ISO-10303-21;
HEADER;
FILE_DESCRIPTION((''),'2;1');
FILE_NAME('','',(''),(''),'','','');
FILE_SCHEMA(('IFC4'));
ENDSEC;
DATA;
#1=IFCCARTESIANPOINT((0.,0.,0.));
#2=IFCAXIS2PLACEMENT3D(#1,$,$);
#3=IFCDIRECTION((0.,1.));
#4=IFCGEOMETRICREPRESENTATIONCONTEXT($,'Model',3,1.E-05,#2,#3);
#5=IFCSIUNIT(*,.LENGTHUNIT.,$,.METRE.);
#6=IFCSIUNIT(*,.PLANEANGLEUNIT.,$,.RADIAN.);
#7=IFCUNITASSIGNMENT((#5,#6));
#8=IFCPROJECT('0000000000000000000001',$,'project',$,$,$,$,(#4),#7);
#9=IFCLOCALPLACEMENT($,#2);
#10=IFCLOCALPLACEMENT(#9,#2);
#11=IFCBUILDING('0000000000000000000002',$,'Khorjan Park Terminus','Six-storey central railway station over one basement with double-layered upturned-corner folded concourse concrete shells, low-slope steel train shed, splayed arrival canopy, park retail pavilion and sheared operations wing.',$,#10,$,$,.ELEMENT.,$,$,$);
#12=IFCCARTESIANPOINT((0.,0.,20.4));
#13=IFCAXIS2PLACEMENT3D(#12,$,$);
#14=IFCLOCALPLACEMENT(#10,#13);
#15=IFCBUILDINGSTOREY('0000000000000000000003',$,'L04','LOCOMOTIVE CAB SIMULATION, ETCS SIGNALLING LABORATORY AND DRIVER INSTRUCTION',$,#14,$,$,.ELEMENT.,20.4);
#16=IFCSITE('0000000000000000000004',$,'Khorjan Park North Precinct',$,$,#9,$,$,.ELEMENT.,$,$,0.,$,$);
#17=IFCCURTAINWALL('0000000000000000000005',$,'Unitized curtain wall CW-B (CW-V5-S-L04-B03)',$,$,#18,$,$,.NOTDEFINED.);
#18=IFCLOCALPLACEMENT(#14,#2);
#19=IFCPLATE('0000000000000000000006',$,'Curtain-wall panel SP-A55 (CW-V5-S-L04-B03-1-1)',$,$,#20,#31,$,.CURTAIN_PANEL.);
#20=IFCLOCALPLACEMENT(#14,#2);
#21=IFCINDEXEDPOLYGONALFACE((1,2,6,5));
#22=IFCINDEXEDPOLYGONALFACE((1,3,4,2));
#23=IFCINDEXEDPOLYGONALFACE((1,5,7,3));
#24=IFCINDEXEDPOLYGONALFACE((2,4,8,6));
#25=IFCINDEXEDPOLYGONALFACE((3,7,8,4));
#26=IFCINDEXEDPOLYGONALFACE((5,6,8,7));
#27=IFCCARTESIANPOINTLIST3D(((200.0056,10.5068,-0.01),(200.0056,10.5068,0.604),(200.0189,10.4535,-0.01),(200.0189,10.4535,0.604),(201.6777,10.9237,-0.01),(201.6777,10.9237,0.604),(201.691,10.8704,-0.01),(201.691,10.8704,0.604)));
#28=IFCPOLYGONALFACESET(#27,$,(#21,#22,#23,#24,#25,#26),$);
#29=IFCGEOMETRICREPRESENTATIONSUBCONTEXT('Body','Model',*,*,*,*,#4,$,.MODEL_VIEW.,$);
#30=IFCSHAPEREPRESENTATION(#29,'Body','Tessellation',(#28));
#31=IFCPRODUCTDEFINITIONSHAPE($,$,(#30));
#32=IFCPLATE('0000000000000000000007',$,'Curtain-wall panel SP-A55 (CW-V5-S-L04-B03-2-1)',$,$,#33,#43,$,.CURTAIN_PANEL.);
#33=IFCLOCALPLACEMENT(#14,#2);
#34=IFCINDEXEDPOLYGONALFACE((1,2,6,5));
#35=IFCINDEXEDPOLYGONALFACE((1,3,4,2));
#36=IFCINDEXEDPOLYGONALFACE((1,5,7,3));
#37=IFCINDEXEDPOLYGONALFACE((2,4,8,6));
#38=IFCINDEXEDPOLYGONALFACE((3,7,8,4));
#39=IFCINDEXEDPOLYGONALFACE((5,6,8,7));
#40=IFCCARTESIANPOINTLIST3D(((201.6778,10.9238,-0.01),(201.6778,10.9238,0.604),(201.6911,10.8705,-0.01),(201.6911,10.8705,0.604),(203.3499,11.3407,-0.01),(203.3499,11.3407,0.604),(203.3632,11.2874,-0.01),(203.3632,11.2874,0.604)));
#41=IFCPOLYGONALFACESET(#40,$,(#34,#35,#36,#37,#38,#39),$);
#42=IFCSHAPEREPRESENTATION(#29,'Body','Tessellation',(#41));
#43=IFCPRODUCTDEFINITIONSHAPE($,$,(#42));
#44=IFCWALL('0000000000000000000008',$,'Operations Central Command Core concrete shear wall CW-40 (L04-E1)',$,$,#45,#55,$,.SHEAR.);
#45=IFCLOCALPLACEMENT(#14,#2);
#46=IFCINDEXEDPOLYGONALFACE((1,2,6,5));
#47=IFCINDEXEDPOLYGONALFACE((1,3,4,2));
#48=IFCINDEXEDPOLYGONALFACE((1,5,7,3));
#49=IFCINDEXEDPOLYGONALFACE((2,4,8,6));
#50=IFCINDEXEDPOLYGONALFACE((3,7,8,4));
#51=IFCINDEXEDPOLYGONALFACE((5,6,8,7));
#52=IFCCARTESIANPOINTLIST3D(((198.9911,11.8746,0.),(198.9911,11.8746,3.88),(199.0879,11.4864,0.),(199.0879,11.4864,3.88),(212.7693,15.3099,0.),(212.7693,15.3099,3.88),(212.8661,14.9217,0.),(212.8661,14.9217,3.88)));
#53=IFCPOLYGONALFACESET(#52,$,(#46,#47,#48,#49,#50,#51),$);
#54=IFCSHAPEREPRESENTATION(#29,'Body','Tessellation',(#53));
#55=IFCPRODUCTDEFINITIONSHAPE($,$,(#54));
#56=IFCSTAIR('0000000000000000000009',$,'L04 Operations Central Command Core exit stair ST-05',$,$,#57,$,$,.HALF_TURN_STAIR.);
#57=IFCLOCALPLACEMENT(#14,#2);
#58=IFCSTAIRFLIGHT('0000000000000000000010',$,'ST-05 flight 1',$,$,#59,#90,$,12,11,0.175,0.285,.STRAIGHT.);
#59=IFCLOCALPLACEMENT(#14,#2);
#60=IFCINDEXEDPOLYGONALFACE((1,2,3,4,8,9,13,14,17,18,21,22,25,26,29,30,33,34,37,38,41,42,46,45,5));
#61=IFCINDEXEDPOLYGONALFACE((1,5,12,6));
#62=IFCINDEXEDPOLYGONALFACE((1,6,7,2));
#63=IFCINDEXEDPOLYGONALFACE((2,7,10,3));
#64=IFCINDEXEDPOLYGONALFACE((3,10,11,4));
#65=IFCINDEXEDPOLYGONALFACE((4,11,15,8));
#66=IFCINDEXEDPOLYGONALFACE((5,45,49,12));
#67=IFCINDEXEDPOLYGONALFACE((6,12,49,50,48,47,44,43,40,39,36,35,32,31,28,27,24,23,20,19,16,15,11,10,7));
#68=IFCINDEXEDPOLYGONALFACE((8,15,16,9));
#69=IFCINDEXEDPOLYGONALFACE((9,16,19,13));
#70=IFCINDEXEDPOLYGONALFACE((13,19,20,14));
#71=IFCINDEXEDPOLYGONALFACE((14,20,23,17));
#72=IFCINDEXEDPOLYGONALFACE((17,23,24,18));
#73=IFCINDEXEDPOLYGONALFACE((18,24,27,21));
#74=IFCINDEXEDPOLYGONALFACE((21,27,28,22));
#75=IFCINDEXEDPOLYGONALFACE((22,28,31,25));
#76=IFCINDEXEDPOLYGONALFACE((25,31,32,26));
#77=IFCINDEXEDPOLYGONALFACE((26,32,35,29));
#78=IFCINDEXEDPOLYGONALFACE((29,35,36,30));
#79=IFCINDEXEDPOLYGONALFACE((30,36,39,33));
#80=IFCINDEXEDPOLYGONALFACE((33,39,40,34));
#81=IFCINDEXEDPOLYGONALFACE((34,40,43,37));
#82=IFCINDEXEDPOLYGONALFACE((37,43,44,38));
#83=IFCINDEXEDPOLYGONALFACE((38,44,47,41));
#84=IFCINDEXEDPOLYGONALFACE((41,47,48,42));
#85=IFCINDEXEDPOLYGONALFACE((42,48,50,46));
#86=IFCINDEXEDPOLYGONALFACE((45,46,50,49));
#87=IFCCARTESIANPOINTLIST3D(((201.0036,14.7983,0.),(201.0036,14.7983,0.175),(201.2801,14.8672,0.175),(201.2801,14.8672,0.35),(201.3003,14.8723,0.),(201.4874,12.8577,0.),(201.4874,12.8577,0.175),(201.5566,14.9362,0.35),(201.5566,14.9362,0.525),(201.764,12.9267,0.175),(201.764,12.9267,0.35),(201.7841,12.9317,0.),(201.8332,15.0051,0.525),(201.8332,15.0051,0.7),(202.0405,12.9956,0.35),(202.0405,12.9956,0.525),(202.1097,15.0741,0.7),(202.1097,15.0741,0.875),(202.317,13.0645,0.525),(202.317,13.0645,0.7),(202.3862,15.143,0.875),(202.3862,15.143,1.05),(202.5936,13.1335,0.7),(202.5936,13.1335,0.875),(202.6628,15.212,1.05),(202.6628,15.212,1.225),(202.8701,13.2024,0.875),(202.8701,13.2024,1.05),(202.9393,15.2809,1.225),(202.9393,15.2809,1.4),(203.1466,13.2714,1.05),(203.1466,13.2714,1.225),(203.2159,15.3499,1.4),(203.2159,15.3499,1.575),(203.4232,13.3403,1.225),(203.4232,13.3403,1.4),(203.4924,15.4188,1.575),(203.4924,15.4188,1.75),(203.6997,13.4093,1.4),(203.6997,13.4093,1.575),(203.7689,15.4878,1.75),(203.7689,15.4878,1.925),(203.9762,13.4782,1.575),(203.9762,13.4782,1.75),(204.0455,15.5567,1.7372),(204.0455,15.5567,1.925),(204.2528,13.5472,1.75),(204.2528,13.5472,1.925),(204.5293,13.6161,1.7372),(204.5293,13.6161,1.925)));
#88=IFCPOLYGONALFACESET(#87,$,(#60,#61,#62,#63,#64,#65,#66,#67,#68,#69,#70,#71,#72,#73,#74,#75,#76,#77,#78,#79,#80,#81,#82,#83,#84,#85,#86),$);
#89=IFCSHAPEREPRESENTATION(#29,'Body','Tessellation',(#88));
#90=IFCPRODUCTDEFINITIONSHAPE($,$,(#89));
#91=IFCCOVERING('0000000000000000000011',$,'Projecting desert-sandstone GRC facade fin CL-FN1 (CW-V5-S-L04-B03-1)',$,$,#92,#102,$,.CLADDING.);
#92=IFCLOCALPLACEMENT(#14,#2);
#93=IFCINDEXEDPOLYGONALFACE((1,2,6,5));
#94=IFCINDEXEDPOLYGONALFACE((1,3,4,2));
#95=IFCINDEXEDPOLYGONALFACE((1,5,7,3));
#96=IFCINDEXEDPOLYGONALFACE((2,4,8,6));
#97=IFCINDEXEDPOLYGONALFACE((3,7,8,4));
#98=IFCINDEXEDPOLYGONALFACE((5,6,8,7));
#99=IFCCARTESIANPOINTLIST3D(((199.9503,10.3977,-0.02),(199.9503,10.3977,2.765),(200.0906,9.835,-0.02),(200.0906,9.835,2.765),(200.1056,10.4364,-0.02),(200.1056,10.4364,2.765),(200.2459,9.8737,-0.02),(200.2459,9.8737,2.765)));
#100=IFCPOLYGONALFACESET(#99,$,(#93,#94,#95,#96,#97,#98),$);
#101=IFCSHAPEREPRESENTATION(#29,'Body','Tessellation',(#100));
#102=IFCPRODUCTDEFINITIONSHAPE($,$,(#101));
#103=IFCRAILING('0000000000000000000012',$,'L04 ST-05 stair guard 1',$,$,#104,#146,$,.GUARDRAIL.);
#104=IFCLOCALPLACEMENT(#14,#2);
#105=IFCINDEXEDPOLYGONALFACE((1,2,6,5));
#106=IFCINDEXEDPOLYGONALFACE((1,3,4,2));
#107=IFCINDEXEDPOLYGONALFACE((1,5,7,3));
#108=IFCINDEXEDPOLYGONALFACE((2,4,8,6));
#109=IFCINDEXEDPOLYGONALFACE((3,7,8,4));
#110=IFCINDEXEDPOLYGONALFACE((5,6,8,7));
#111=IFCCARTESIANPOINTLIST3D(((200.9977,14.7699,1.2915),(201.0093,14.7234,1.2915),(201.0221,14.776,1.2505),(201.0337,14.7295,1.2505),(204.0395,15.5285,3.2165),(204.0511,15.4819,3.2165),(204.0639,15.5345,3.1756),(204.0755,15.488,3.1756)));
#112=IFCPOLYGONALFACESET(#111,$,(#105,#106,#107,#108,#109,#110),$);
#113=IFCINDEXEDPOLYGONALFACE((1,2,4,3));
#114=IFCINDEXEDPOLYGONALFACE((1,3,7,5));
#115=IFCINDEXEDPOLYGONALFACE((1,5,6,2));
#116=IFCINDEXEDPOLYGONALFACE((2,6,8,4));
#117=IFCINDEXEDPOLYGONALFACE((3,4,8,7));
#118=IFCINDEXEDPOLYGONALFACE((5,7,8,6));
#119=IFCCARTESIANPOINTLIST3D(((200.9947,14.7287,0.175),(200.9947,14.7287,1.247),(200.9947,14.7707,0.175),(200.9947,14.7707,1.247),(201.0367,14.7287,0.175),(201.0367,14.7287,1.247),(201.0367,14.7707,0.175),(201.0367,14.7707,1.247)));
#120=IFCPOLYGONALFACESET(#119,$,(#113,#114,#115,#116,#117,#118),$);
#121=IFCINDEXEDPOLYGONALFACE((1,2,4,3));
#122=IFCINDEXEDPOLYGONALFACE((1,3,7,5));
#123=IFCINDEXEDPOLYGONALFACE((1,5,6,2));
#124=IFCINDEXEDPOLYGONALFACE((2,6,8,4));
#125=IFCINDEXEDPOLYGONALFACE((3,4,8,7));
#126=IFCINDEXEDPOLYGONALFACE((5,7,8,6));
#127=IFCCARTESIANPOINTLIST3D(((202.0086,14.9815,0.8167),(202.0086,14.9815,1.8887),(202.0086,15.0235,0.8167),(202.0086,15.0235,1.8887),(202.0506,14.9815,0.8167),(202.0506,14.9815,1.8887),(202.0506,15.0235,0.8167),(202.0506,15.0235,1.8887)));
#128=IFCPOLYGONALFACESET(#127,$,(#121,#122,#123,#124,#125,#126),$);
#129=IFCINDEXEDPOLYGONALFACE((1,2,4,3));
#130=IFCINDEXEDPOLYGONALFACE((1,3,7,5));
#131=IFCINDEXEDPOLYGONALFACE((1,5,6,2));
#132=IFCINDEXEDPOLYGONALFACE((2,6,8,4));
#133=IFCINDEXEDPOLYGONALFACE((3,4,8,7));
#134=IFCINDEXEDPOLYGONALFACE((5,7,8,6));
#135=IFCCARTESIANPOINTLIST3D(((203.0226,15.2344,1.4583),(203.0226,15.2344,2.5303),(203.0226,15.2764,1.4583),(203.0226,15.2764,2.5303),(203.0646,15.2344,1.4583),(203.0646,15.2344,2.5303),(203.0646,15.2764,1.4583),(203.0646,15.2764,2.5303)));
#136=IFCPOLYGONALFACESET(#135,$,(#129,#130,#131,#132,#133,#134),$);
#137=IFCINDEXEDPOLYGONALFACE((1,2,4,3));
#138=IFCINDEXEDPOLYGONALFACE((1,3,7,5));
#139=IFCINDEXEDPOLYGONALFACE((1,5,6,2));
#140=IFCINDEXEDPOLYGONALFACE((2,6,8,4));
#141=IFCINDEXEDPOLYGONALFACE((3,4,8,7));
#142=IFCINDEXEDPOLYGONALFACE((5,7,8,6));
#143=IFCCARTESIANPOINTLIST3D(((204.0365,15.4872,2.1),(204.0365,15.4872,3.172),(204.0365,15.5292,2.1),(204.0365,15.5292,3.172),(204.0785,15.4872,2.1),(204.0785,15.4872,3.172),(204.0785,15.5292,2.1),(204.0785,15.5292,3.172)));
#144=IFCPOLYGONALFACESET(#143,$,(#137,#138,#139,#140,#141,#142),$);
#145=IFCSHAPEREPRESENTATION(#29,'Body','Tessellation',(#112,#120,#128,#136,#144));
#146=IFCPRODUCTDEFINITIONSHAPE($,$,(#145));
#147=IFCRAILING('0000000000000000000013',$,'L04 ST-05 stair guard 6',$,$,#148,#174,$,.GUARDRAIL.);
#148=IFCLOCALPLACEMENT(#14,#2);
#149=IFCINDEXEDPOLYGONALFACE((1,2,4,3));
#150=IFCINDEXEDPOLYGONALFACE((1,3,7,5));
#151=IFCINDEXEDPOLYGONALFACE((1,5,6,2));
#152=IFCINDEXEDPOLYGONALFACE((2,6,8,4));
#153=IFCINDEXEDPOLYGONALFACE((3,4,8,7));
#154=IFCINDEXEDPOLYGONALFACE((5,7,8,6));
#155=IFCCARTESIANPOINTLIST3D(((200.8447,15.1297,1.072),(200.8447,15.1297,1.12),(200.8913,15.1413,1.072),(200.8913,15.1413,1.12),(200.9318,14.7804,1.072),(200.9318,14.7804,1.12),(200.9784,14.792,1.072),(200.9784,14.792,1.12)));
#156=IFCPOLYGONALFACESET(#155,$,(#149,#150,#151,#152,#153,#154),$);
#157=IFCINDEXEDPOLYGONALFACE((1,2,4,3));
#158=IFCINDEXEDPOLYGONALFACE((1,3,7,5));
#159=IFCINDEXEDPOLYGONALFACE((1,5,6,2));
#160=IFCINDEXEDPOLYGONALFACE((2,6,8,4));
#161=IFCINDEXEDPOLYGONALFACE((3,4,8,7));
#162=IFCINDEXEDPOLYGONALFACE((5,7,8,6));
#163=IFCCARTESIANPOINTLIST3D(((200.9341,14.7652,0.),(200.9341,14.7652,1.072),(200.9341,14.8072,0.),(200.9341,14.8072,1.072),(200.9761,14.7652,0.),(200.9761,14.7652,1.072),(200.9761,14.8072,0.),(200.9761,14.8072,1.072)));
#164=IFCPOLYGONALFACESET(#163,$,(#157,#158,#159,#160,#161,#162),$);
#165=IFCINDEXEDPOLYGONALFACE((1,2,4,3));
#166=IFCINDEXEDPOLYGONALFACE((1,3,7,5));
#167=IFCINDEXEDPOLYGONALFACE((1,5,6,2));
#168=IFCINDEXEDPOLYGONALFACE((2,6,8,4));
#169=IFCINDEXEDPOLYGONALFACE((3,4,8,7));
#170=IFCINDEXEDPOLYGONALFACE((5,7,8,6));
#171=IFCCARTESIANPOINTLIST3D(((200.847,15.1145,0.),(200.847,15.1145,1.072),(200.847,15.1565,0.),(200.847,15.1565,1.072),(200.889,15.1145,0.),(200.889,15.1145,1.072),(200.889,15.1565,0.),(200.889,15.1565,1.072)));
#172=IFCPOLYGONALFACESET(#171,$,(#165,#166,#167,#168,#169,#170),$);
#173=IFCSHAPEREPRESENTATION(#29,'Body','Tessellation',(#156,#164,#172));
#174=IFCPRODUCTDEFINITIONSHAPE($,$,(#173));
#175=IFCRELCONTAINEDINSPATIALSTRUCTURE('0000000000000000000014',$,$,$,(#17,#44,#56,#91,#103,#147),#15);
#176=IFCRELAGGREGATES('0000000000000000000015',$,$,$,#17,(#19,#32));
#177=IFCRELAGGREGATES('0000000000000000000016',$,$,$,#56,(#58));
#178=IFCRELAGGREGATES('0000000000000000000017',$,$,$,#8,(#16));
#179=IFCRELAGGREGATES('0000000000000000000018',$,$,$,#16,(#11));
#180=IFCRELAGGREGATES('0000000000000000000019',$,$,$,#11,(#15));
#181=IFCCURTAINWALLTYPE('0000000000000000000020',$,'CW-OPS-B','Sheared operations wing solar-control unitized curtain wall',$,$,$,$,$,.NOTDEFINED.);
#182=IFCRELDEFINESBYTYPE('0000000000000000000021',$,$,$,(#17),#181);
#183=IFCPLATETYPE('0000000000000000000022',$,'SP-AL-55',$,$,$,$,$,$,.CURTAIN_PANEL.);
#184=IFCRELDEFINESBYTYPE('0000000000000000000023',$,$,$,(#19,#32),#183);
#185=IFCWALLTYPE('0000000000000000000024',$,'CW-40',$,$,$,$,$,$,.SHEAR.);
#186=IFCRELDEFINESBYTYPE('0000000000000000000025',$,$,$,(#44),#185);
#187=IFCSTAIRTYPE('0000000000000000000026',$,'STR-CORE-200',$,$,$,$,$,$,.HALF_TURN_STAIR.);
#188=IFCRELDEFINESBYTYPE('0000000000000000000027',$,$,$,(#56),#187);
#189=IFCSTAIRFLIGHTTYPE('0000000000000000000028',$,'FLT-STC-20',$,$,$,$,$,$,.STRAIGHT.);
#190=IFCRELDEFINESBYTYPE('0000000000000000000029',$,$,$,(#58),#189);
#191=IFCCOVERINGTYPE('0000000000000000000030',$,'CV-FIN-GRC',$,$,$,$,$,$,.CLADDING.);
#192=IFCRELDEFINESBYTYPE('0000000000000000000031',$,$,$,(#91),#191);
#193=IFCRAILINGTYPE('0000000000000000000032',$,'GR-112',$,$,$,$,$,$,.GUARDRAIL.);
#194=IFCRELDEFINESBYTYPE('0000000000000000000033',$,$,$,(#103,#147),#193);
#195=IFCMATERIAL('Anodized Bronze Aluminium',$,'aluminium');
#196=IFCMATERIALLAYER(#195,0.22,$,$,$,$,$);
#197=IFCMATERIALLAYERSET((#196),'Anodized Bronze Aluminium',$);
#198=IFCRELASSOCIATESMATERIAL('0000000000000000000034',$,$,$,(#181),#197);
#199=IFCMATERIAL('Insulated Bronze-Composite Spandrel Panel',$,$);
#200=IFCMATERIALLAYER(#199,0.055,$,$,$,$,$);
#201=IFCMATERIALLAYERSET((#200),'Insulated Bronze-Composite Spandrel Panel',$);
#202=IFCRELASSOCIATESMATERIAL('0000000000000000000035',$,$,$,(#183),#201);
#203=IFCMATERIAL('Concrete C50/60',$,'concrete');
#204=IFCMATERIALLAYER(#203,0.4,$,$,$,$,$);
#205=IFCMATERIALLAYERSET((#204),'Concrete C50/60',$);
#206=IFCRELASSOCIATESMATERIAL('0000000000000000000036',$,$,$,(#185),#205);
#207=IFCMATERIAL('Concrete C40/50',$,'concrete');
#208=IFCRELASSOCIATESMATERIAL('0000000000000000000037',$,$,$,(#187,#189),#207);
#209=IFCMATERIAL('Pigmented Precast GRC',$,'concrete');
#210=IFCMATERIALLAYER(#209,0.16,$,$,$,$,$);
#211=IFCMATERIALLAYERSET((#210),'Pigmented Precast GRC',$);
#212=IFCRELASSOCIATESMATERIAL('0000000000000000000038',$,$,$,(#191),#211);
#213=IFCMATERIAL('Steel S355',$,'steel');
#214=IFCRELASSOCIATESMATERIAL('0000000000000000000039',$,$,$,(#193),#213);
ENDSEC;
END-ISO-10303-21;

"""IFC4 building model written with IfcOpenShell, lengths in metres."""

from ifc_helpers import new_model, si_unit, direction, frame, frame_2d, origin, origin_2d, place, context, subcontext, project, spatial, polyline, rectangle, outline, extrude, material, layer, layer_set, type_object, element, aggregate, save


model = new_model("IFC4")

# Units and contexts
model_context = context("Model", 3, precision=1e-05, world=origin(), true_north=direction((0.0, 1.0)))
body_context = subcontext(model_context, "Body", "Model", "MODEL_VIEW")
ifc_project = project(units=[si_unit("LENGTHUNIT", "METRE"), si_unit("PLANEANGLEUNIT", "RADIAN")], contexts=[model_context])

# Site, building, storey
site_placement = place(None, origin())
site = spatial("IfcSite", under=ifc_project, at=site_placement, Name="Khorjan Park North Precinct", CompositionType="ELEMENT", RefElevation=0.0)
building_placement = place(site_placement, origin())
building = spatial("IfcBuilding", under=site, at=building_placement, Name="Khorjan Park Terminus", Description="Six-storey central railway station over one basement with double-layered upturned-corner folded concourse concrete shells, low-slope steel train shed, splayed arrival canopy, park retail pavilion and sheared operations wing.", CompositionType="ELEMENT")
storey_placement = place(building_placement, frame((0.0, 0.0, 20.4)))
storey = spatial("IfcBuildingStorey", under=building, at=storey_placement, Name="L04", Description="LOCOMOTIVE CAB SIMULATION, ETCS SIGNALLING LABORATORY AND DRIVER INSTRUCTION", CompositionType="ELEMENT", Elevation=20.4)

# Shared definitions
ifc_material_1 = material(Name="Concrete C40/50", Category="concrete")

# Curtain wall, plates
ifc_material_2 = material(Name="Anodized Bronze Aluminium", Category="aluminium")
ifc_layer_1 = layer(ifc_material_2, 0.22)
ifc_layer_set_1 = layer_set([ifc_layer_1], Name="Anodized Bronze Aluminium")
curtain_wall_type = type_object("IfcCurtainWallType", Name="CW-OPS-B", Description="Sheared operations wing solar-control unitized curtain wall", PredefinedType="NOTDEFINED", material=ifc_layer_set_1)
curtain_wall_placement = place(storey_placement, origin())
curtain_wall = element("IfcCurtainWall", 1, at=curtain_wall_placement, inside=storey, type_object=curtain_wall_type, Name="Unitized curtain wall CW-B (CW-V5-S-L04-B03)", PredefinedType="NOTDEFINED")
ifc_material_3 = material(Name="Insulated Bronze-Composite Spandrel Panel")
ifc_layer_2 = layer(ifc_material_3, 0.055)
ifc_layer_set_2 = layer_set([ifc_layer_2], Name="Insulated Bronze-Composite Spandrel Panel")
plate_type_1 = type_object("IfcPlateType", Name="SP-AL-55", PredefinedType="CURTAIN_PANEL", material=ifc_layer_set_2)
plate_1_placement = place(storey_placement, frame((200.8483, 10.6886, -0.01), z_axis=(0.0, 0.0, 1.0), x_axis=(0.970295, 0.241926, 0.0)))
plate_1 = element("IfcPlate", 2, at=plate_1_placement, type_object=plate_type_1, Name="Curtain-wall panel SP-A55 (CW-V5-S-L04-B03-1-1)", PredefinedType="CURTAIN_PANEL", context=body_context, shape_type="SweptSolid", body=[
    extrude(rectangle(XDim=1.7233, YDim=0.055, at=origin_2d()), origin(), (0.0, 0.0, 1.0), 0.614),
])
plate_2_placement = place(storey_placement, frame((202.5205, 11.1056, -0.01), z_axis=(0.0, 0.0, 1.0), x_axis=(0.970295, 0.241926, 0.0)))
plate_2 = element("IfcPlate", 3, at=plate_2_placement, type_object=plate_type_1, Name="Curtain-wall panel SP-A55 (CW-V5-S-L04-B03-2-1)", PredefinedType="CURTAIN_PANEL", context=body_context, shape_type="SweptSolid", body=[
    extrude(rectangle(XDim=1.7233, YDim=0.055, at=origin_2d()), origin(), (0.0, 0.0, 1.0), 0.614),
])
aggregate(curtain_wall, [plate_1, plate_2])

# Wall
ifc_material_4 = material(Name="Concrete C50/60", Category="concrete")
ifc_layer_3 = layer(ifc_material_4, 0.4)
ifc_layer_set_3 = layer_set([ifc_layer_3], Name="Concrete C50/60")
wall_type = type_object("IfcWallType", Name="CW-40", PredefinedType="SHEAR", material=ifc_layer_set_3)
wall_placement = place(storey_placement, frame((199.0395, 11.6805, 0.0), z_axis=(0.0, 0.0, 1.0), x_axis=(0.970296, 0.241922, 0.0)))
element("IfcWall", 4, at=wall_placement, inside=storey, type_object=wall_type, Name="Operations Central Command Core concrete shear wall CW-40 (L04-E1)", PredefinedType="SHEAR", context=body_context, shape_type="SweptSolid", body=[
    extrude(rectangle(XDim=14.2, YDim=0.4, at=frame_2d((7.1, 0.0))), origin(), (0.0, 0.0, 1.0), 3.88),
])

# Stair, stair flight
stair_type = type_object("IfcStairType", Name="STR-CORE-200", PredefinedType="HALF_TURN_STAIR", material=ifc_material_1)
stair_placement = place(storey_placement, origin())
stair = element("IfcStair", 5, at=stair_placement, inside=storey, type_object=stair_type, Name="L04 Operations Central Command Core exit stair ST-05", PredefinedType="HALF_TURN_STAIR")
stair_flight_type = type_object("IfcStairFlightType", Name="FLT-STC-20", PredefinedType="STRAIGHT", material=ifc_material_1)
stair_flight_placement = place(storey_placement, frame((201.2455, 13.828, 0.0), z_axis=(0.0, 0.0, 1.0), x_axis=(0.970296, 0.241922, 0.0)))
stair_flight = element("IfcStairFlight", 6, at=stair_flight_placement, type_object=stair_flight_type, Name="ST-05 flight 1", NumberOfRisers=12, NumberOfTreads=11, PredefinedType="STRAIGHT", RiserHeight=0.175, TreadLength=0.285, context=body_context, shape_type="SweptSolid", body=[
    extrude(outline(polyline([(0.0, 0.0), (0.0, 0.175), (0.285, 0.175), (0.285, 0.35), (0.57, 0.35), (0.57, 0.525), (0.855, 0.525), (0.855, 0.7), (1.14, 0.7), (1.14, 0.875), (1.425, 0.875), (1.425, 1.05), (1.71, 1.05), (1.71, 1.225), (1.995, 1.225), (1.995, 1.4), (2.28, 1.4), (2.28, 1.575), (2.565, 1.575), (2.565, 1.75), (2.85, 1.75), (2.85, 1.925), (3.135, 1.925), (3.135, 2.1), (3.135, 1.7372), (0.3058, 0.0), (0.0, 0.0)])), frame((0.0, 1.0, 0.0), z_axis=(0.0, -1.0, 0.0), x_axis=(1.0, 0.0, 0.0)), (0.0, 0.0, 1.0), 2.0),
])
aggregate(stair, [stair_flight])

# Covering
ifc_material_5 = material(Name="Pigmented Precast GRC", Category="concrete")
ifc_layer_4 = layer(ifc_material_5, 0.16)
ifc_layer_set_4 = layer_set([ifc_layer_4], Name="Pigmented Precast GRC")
covering_type = type_object("IfcCoveringType", Name="CV-FIN-GRC", PredefinedType="CLADDING", material=ifc_layer_set_4)
covering_placement = place(storey_placement, frame((200.0981, 10.1357, -0.02), z_axis=(0.0, 0.0, 1.0), x_axis=(-0.241922, 0.970296, 0.0)))
element("IfcCovering", 7, at=covering_placement, inside=storey, type_object=covering_type, Name="Projecting desert-sandstone GRC facade fin CL-FN1 (CW-V5-S-L04-B03-1)", PredefinedType="CLADDING", context=body_context, shape_type="SweptSolid", body=[
    extrude(rectangle(XDim=0.58, YDim=0.16, at=origin_2d()), origin(), (0.0, 0.0, 1.0), 2.785),
])

# Railings
ifc_material_6 = material(Name="Steel S355", Category="steel")
railing_type_1 = type_object("IfcRailingType", Name="GR-112", PredefinedType="GUARDRAIL", material=ifc_material_6)
railing_1_placement = place(storey_placement, frame((201.0157, 14.7497, 0.175)))
element("IfcRailing", 8, at=railing_1_placement, inside=storey, type_object=railing_type_1, Name="L04 ST-05 stair guard 1", PredefinedType="GUARDRAIL", context=body_context, shape_type="SweptSolid", body=[
    extrude(rectangle(XDim=0.048, YDim=0.048, at=origin_2d()), frame((0.0, 0.0, 1.096), z_axis=(0.826848, 0.206182, 0.52327), x_axis=(-0.24195, 0.970289, 0.0)), (0.0, 0.0, 1.0), 3.6788),
    extrude(rectangle(XDim=0.042, YDim=0.042, at=origin_2d()), origin(), (0.0, 0.0, 1.0), 1.072),
    extrude(rectangle(XDim=0.042, YDim=0.042, at=origin_2d()), frame((1.0139, 0.2528, 0.6417)), (0.0, 0.0, 1.0), 1.072),
    extrude(rectangle(XDim=0.042, YDim=0.042, at=origin_2d()), frame((2.0279, 0.5057, 1.2833)), (0.0, 0.0, 1.0), 1.072),
    extrude(rectangle(XDim=0.042, YDim=0.042, at=origin_2d()), frame((3.0418, 0.7585, 1.925)), (0.0, 0.0, 1.0), 1.072),
])
railing_2_placement = place(storey_placement, frame((200.9551, 14.7862, 0.0)))
element("IfcRailing", 9, at=railing_2_placement, inside=storey, type_object=railing_type_1, Name="L04 ST-05 stair guard 6", PredefinedType="GUARDRAIL", context=body_context, shape_type="SweptSolid", body=[
    extrude(rectangle(XDim=0.048, YDim=0.048, at=origin_2d()), frame((0.0, 0.0, 1.096), z_axis=(-0.241947, 0.970289, 0.0), x_axis=(-0.970289, -0.241947, 0.0)), (0.0, 0.0, 1.0), 0.36),
    extrude(rectangle(XDim=0.042, YDim=0.042, at=origin_2d()), origin(), (0.0, 0.0, 1.0), 1.072),
    extrude(rectangle(XDim=0.042, YDim=0.042, at=origin_2d()), frame((-0.0871, 0.3493, 0.0)), (0.0, 0.0, 1.0), 1.072),
])

save(model, "model.ifc")
